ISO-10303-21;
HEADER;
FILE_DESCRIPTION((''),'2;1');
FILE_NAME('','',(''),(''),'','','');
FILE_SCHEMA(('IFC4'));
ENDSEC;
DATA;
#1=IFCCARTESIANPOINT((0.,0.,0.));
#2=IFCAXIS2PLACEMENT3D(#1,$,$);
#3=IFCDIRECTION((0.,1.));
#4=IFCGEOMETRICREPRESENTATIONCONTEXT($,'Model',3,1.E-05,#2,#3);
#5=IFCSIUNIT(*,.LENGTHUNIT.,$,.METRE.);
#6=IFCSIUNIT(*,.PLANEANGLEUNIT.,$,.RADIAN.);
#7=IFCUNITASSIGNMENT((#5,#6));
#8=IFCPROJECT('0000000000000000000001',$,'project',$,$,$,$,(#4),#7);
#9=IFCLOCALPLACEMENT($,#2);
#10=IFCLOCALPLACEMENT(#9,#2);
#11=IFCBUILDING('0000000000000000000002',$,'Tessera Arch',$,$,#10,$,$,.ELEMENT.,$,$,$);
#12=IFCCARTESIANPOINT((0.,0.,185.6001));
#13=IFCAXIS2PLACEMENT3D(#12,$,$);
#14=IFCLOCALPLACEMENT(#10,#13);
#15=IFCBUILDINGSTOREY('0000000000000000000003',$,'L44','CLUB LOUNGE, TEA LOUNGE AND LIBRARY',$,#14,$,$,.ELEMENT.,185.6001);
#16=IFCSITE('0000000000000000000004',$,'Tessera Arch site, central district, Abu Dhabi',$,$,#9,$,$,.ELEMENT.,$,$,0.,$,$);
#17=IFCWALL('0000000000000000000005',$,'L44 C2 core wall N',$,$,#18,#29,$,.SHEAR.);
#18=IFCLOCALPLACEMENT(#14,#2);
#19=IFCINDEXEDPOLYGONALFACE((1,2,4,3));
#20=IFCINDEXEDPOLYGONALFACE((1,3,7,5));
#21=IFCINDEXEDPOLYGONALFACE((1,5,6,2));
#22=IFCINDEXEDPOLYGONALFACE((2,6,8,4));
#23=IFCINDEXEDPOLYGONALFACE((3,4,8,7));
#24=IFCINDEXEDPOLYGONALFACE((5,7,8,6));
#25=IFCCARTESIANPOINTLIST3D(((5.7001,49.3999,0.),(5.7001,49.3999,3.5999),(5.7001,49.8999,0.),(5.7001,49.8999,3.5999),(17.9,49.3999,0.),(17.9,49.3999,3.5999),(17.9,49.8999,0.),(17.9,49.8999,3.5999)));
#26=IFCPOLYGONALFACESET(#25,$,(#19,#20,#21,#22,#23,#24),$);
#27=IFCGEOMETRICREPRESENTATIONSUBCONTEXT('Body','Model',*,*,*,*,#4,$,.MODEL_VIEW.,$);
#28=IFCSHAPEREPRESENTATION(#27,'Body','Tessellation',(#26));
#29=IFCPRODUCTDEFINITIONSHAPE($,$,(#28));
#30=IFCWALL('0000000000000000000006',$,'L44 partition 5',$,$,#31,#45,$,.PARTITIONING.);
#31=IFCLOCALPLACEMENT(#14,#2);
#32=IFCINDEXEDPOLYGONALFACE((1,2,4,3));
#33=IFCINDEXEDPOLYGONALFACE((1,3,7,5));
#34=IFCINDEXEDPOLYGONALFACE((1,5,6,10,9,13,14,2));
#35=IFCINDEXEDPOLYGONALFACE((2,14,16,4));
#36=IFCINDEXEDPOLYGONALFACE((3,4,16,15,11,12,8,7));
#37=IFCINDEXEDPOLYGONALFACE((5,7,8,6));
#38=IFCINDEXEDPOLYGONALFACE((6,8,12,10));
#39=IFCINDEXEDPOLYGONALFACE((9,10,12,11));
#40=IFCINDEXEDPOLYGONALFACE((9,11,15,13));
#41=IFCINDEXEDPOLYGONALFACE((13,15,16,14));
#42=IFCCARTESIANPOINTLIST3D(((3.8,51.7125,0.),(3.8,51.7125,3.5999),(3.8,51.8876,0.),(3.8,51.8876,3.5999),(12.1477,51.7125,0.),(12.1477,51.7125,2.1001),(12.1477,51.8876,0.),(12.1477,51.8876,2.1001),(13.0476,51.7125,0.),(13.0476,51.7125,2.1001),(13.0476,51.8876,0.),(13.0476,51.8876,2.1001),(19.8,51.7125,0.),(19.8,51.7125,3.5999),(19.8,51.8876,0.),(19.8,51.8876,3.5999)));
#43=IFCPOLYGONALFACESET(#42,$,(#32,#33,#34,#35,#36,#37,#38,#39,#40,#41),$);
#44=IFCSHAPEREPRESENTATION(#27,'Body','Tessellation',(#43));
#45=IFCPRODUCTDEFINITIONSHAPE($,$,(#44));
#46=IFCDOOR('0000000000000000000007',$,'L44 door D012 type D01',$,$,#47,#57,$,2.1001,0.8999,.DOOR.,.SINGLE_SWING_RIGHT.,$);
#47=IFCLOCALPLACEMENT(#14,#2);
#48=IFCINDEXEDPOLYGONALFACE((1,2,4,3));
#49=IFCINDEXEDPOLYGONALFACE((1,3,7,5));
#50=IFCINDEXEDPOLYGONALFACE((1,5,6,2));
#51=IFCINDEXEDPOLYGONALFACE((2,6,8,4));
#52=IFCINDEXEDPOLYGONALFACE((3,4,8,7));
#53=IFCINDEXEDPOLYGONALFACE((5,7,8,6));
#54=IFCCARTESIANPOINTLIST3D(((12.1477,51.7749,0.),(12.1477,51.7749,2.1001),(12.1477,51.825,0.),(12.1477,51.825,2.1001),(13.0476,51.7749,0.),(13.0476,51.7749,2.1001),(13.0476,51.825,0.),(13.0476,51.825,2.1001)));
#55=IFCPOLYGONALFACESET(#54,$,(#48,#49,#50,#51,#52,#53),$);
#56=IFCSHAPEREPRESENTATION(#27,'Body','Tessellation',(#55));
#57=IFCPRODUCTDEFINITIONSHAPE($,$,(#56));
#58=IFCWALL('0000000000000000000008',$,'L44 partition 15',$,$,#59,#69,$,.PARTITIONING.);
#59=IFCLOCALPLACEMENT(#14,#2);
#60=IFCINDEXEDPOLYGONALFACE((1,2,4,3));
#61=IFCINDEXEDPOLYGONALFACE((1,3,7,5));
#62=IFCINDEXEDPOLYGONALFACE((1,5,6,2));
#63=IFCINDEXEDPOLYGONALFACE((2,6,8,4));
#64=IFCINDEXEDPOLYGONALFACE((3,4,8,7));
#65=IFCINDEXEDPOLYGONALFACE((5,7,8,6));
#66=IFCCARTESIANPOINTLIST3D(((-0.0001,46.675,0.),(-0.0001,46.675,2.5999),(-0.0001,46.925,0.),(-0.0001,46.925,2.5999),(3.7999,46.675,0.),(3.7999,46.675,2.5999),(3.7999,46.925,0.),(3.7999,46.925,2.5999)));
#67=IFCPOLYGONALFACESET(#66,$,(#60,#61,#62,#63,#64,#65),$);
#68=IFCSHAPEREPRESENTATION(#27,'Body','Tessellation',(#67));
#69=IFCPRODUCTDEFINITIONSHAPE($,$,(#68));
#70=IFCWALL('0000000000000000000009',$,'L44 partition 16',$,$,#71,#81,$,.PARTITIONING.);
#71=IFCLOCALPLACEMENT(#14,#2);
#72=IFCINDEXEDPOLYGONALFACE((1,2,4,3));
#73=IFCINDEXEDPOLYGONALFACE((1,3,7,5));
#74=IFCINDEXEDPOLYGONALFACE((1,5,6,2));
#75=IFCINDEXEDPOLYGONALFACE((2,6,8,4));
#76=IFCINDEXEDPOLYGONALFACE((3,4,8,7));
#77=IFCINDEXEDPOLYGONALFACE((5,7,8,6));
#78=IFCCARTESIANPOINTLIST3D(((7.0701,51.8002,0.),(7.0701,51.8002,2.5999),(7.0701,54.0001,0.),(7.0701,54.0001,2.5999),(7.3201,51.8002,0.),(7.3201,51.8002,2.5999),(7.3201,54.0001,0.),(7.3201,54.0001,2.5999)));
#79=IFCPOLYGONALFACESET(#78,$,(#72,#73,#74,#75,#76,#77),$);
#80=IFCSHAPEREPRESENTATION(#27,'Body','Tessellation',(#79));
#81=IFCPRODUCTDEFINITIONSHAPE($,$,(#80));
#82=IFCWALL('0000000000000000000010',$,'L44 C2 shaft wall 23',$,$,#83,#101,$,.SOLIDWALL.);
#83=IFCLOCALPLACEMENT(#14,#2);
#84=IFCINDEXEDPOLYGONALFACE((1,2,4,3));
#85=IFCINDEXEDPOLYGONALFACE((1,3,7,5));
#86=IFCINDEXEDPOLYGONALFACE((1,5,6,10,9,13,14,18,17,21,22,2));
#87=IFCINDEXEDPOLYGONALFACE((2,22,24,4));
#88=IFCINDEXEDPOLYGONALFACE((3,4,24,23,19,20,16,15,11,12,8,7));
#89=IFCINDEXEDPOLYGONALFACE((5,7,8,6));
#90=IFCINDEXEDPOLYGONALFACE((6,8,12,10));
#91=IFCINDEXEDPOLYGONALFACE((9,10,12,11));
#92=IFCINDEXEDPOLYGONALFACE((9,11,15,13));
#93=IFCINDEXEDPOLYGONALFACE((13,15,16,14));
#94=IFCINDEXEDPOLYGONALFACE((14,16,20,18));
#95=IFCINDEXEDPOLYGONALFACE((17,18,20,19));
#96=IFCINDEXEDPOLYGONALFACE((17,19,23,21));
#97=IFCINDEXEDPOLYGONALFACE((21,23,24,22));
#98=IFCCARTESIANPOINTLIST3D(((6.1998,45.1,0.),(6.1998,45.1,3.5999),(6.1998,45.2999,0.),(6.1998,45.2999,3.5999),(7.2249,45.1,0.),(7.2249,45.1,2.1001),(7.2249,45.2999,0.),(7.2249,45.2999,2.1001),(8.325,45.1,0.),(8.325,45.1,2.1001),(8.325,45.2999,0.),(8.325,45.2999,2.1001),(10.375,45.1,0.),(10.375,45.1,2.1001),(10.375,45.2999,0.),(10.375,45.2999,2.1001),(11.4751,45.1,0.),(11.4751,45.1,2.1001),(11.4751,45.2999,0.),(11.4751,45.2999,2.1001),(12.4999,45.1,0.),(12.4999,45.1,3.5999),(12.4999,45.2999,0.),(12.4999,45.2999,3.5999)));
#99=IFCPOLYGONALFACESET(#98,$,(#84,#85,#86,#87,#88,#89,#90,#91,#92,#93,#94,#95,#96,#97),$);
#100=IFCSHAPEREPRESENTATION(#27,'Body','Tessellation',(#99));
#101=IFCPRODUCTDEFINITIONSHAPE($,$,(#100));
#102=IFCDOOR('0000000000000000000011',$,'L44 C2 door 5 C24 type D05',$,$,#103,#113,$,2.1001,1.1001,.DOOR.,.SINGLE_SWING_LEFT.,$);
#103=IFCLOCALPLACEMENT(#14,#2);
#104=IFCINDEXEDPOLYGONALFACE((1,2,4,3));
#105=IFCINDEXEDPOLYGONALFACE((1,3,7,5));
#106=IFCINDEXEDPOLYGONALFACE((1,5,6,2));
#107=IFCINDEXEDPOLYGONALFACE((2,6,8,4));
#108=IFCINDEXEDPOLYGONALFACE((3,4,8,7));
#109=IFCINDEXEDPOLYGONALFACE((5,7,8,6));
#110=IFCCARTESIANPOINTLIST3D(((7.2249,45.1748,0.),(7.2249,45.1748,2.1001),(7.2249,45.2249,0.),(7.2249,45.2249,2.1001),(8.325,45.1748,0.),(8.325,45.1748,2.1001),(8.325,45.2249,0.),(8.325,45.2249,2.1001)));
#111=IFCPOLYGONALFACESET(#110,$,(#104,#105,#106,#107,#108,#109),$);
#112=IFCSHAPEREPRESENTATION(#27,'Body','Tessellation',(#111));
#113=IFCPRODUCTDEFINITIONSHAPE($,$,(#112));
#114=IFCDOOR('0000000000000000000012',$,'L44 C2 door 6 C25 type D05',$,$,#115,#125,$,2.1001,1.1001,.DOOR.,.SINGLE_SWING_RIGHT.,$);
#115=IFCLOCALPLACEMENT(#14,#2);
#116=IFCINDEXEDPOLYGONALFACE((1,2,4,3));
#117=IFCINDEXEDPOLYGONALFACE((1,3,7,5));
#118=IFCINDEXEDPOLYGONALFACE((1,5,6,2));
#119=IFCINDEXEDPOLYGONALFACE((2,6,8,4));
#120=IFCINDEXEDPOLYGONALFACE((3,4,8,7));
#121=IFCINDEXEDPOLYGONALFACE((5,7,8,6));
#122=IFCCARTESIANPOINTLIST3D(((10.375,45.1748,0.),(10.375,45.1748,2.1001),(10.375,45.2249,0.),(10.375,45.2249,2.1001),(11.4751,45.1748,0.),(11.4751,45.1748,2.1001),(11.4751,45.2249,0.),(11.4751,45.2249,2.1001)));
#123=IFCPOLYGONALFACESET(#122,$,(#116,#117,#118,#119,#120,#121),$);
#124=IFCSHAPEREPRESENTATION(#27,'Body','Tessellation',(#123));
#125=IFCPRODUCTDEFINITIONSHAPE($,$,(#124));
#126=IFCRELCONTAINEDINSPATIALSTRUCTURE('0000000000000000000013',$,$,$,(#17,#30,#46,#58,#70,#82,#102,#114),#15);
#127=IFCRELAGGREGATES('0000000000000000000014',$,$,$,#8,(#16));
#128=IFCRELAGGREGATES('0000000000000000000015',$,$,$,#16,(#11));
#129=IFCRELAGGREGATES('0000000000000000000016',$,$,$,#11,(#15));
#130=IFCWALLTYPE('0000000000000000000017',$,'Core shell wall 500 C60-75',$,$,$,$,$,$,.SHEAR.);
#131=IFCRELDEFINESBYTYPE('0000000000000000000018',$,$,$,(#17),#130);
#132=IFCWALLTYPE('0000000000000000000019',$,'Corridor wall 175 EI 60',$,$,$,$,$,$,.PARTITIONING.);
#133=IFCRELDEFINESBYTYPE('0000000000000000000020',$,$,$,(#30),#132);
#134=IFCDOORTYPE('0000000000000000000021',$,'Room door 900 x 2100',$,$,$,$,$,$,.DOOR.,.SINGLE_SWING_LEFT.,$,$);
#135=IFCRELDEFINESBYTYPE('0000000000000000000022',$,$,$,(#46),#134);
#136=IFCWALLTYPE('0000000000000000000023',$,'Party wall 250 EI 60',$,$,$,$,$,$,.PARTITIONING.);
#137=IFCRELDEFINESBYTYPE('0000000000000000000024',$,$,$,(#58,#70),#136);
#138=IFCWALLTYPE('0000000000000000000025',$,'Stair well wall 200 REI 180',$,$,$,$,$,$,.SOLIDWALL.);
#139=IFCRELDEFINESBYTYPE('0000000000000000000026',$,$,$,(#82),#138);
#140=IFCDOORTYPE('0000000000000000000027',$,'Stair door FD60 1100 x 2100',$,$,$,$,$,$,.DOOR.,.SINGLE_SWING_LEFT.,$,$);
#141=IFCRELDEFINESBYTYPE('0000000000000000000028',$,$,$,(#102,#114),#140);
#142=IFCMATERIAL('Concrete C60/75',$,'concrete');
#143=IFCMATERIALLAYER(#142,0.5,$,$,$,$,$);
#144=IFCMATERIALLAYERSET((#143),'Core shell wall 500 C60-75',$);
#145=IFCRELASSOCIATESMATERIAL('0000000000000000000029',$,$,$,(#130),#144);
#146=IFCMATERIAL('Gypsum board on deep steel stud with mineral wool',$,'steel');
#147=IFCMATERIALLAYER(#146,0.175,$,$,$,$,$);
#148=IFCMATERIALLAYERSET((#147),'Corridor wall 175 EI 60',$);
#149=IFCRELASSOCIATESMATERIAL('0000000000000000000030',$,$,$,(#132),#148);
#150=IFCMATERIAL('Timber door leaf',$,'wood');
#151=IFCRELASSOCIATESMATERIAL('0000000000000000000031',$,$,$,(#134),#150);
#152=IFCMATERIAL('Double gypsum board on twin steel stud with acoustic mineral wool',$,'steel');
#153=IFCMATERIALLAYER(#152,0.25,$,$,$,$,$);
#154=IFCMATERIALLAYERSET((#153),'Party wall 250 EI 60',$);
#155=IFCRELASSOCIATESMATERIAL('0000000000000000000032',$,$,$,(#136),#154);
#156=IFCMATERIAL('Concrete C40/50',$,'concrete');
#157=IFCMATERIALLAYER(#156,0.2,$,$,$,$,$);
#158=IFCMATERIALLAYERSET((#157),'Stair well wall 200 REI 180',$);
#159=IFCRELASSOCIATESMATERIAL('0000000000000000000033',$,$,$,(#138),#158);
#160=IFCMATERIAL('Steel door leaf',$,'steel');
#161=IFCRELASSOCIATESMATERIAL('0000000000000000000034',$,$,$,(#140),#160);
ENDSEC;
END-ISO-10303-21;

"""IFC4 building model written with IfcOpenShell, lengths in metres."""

from ifc_helpers import new_model, si_unit, direction, frame, frame_2d, origin, place, context, subcontext, project, spatial, rectangle, extrude, material, layer, layer_set, type_object, element, fill, save


model = new_model("IFC4")

# Units and contexts
model_context = context("Model", 3, precision=1e-05, world=origin(), true_north=direction((0.0, 1.0)))
body_context = subcontext(model_context, "Body", "Model", "MODEL_VIEW")
ifc_project = project(units=[si_unit("LENGTHUNIT", "METRE"), si_unit("PLANEANGLEUNIT", "RADIAN")], contexts=[model_context])

# Site, building, storey
site_placement = place(None, origin())
site = spatial("IfcSite", under=ifc_project, at=site_placement, Name="Tessera Arch site, central district, Abu Dhabi", CompositionType="ELEMENT", RefElevation=0.0)
building_placement = place(site_placement, origin())
building = spatial("IfcBuilding", under=site, at=building_placement, Name="Tessera Arch", CompositionType="ELEMENT")
storey_placement = place(building_placement, frame((0.0, 0.0, 185.6001)))
storey = spatial("IfcBuildingStorey", under=building, at=storey_placement, Name="L44", Description="CLUB LOUNGE, TEA LOUNGE AND LIBRARY", CompositionType="ELEMENT", Elevation=185.6001)

# Wall
ifc_material_1 = material(Name="Concrete C60/75", Category="concrete")
ifc_layer_1 = layer(ifc_material_1, 0.5)
ifc_layer_set_1 = layer_set([ifc_layer_1], Name="Core shell wall 500 C60-75")
wall_type_1 = type_object("IfcWallType", Name="Core shell wall 500 C60-75", PredefinedType="SHEAR", material=ifc_layer_set_1)
wall_1_placement = place(storey_placement, frame((5.7, 49.6499, 0.0), z_axis=(0.0, 0.0, 1.0), x_axis=(1.0, 0.0, 0.0)))
element("IfcWall", 1, at=wall_1_placement, inside=storey, type_object=wall_type_1, Name="L44 C2 core wall N", PredefinedType="SHEAR", context=body_context, shape_type="SweptSolid", body=[
    extrude(rectangle(XDim=12.2, YDim=0.5, at=frame_2d((6.1001, 0.0))), origin(), (0.0, 0.0, 1.0), 3.5999),
])

# Wall, opening, door
ifc_material_2 = material(Name="Gypsum board on deep steel stud with mineral wool", Category="steel")
ifc_layer_2 = layer(ifc_material_2, 0.175)
ifc_layer_set_2 = layer_set([ifc_layer_2], Name="Corridor wall 175 EI 60")
wall_type_2 = type_object("IfcWallType", Name="Corridor wall 175 EI 60", PredefinedType="PARTITIONING", material=ifc_layer_set_2)
wall_2_placement = place(storey_placement, frame((3.8, 51.8, 0.0), z_axis=(0.0, 0.0, 1.0), x_axis=(1.0, 0.0, 0.0)))
wall_2 = element("IfcWall", 2, at=wall_2_placement, inside=storey, type_object=wall_type_2, Name="L44 partition 5", PredefinedType="PARTITIONING", context=body_context, shape_type="SweptSolid", body=[
    extrude(rectangle(XDim=16.0, YDim=0.175, at=frame_2d((8.0, 0.0))), origin(), (0.0, 0.0, 1.0), 3.5999),
])
opening_1_placement = place(wall_2_placement, frame((8.3477, 0.0, 0.0)))
opening_1 = element("IfcOpeningElement", 3, at=opening_1_placement, cuts=wall_2, PredefinedType="OPENING", context=body_context, shape_type="SweptSolid", body=[
    extrude(rectangle(XDim=0.8999, YDim=2.1001, at=frame_2d((0.45, 1.05))), frame((0.0, 0.0974, 0.0), z_axis=(0.0, -1.0, 0.0), x_axis=(1.0, 0.0, 0.0)), (0.0, 0.0, 1.0), 0.1951),
])
ifc_material_3 = material(Name="Timber door leaf", Category="wood")
door_type_1 = type_object("IfcDoorType", Name="Room door 900 x 2100", OperationType="SINGLE_SWING_LEFT", PredefinedType="DOOR", material=ifc_material_3)
door_1_placement = place(opening_1_placement, origin())
door_1 = element("IfcDoor", 4, at=door_1_placement, inside=storey, type_object=door_type_1, Name="L44 door D012 type D01", OperationType="SINGLE_SWING_RIGHT", OverallHeight=2.1001, OverallWidth=0.8999, PredefinedType="DOOR", context=body_context, shape_type="SweptSolid", body=[
    extrude(rectangle(XDim=0.8999, YDim=2.1001, at=frame_2d((0.45, 1.05))), frame((0.0, 0.0249, 0.0), z_axis=(0.0, -1.0, 0.0), x_axis=(1.0, 0.0, 0.0)), (0.0, 0.0, 1.0), 0.05),
])
fill(opening_1, door_1)

# Walls
ifc_material_4 = material(Name="Double gypsum board on twin steel stud with acoustic mineral wool", Category="steel")
ifc_layer_3 = layer(ifc_material_4, 0.25)
ifc_layer_set_3 = layer_set([ifc_layer_3], Name="Party wall 250 EI 60")
wall_type_3 = type_object("IfcWallType", Name="Party wall 250 EI 60", PredefinedType="PARTITIONING", material=ifc_layer_set_3)
wall_3_placement = place(storey_placement, frame((0.0, 46.8, 0.0), z_axis=(0.0, 0.0, 1.0), x_axis=(1.0, 0.0, 0.0)))
element("IfcWall", 5, at=wall_3_placement, inside=storey, type_object=wall_type_3, Name="L44 partition 15", PredefinedType="PARTITIONING", context=body_context, shape_type="SweptSolid", body=[
    extrude(rectangle(XDim=3.8, YDim=0.25, at=frame_2d((1.8999, 0.0))), origin(), (0.0, 0.0, 1.0), 2.5999),
])
wall_4_placement = place(storey_placement, frame((7.1951, 51.8, 0.0), z_axis=(0.0, 0.0, 1.0), x_axis=(0.0, 1.0, 0.0)))
element("IfcWall", 6, at=wall_4_placement, inside=storey, type_object=wall_type_3, Name="L44 partition 16", PredefinedType="PARTITIONING", context=body_context, shape_type="SweptSolid", body=[
    extrude(rectangle(XDim=2.2, YDim=0.25, at=frame_2d((1.1001, 0.0))), origin(), (0.0, 0.0, 1.0), 2.5999),
])

# Wall, openings, doors
ifc_material_5 = material(Name="Concrete C40/50", Category="concrete")
ifc_layer_4 = layer(ifc_material_5, 0.2)
ifc_layer_set_4 = layer_set([ifc_layer_4], Name="Stair well wall 200 REI 180")
wall_type_4 = type_object("IfcWallType", Name="Stair well wall 200 REI 180", PredefinedType="SOLIDWALL", material=ifc_layer_set_4)
wall_5_placement = place(storey_placement, frame((6.2, 45.2, 0.0), z_axis=(0.0, 0.0, 1.0), x_axis=(1.0, 0.0, 0.0)))
wall_5 = element("IfcWall", 7, at=wall_5_placement, inside=storey, type_object=wall_type_4, Name="L44 C2 shaft wall 23", PredefinedType="SOLIDWALL", context=body_context, shape_type="SweptSolid", body=[
    extrude(rectangle(XDim=6.3, YDim=0.2, at=frame_2d((3.1499, 0.0))), origin(), (0.0, 0.0, 1.0), 3.5999),
])
opening_2_placement = place(wall_5_placement, frame((1.0249, 0.0, 0.0)))
opening_2 = element("IfcOpeningElement", 8, at=opening_2_placement, cuts=wall_5, PredefinedType="OPENING", context=body_context, shape_type="SweptSolid", body=[
    extrude(rectangle(XDim=1.1001, YDim=2.1001, at=frame_2d((0.55, 1.05))), frame((0.0, 0.1099, 0.0), z_axis=(0.0, -1.0, 0.0), x_axis=(1.0, 0.0, 0.0)), (0.0, 0.0, 1.0), 0.22),
])
opening_3_placement = place(wall_5_placement, frame((4.175, 0.0, 0.0)))
opening_3 = element("IfcOpeningElement", 9, at=opening_3_placement, cuts=wall_5, PredefinedType="OPENING", context=body_context, shape_type="SweptSolid", body=[
    extrude(rectangle(XDim=1.1001, YDim=2.1001, at=frame_2d((0.55, 1.05))), frame((0.0, 0.1099, 0.0), z_axis=(0.0, -1.0, 0.0), x_axis=(1.0, 0.0, 0.0)), (0.0, 0.0, 1.0), 0.22),
])
ifc_material_6 = material(Name="Steel door leaf", Category="steel")
door_type_2 = type_object("IfcDoorType", Name="Stair door FD60 1100 x 2100", OperationType="SINGLE_SWING_LEFT", PredefinedType="DOOR", material=ifc_material_6)
door_2_placement = place(opening_2_placement, origin())
door_2 = element("IfcDoor", 10, at=door_2_placement, inside=storey, type_object=door_type_2, Name="L44 C2 door 5 C24 type D05", OperationType="SINGLE_SWING_LEFT", OverallHeight=2.1001, OverallWidth=1.1001, PredefinedType="DOOR", context=body_context, shape_type="SweptSolid", body=[
    extrude(rectangle(XDim=1.1001, YDim=2.1001, at=frame_2d((0.55, 1.05))), frame((0.0, 0.0249, 0.0), z_axis=(0.0, -1.0, 0.0), x_axis=(1.0, 0.0, 0.0)), (0.0, 0.0, 1.0), 0.05),
])
fill(opening_2, door_2)
door_3_placement = place(opening_3_placement, origin())
door_3 = element("IfcDoor", 11, at=door_3_placement, inside=storey, type_object=door_type_2, Name="L44 C2 door 6 C25 type D05", OperationType="SINGLE_SWING_RIGHT", OverallHeight=2.1001, OverallWidth=1.1001, PredefinedType="DOOR", context=body_context, shape_type="SweptSolid", body=[
    extrude(rectangle(XDim=1.1001, YDim=2.1001, at=frame_2d((0.55, 1.05))), frame((0.0, 0.0249, 0.0), z_axis=(0.0, -1.0, 0.0), x_axis=(1.0, 0.0, 0.0)), (0.0, 0.0, 1.0), 0.05),
])
fill(opening_3, door_3)

save(model, "model.ifc")
